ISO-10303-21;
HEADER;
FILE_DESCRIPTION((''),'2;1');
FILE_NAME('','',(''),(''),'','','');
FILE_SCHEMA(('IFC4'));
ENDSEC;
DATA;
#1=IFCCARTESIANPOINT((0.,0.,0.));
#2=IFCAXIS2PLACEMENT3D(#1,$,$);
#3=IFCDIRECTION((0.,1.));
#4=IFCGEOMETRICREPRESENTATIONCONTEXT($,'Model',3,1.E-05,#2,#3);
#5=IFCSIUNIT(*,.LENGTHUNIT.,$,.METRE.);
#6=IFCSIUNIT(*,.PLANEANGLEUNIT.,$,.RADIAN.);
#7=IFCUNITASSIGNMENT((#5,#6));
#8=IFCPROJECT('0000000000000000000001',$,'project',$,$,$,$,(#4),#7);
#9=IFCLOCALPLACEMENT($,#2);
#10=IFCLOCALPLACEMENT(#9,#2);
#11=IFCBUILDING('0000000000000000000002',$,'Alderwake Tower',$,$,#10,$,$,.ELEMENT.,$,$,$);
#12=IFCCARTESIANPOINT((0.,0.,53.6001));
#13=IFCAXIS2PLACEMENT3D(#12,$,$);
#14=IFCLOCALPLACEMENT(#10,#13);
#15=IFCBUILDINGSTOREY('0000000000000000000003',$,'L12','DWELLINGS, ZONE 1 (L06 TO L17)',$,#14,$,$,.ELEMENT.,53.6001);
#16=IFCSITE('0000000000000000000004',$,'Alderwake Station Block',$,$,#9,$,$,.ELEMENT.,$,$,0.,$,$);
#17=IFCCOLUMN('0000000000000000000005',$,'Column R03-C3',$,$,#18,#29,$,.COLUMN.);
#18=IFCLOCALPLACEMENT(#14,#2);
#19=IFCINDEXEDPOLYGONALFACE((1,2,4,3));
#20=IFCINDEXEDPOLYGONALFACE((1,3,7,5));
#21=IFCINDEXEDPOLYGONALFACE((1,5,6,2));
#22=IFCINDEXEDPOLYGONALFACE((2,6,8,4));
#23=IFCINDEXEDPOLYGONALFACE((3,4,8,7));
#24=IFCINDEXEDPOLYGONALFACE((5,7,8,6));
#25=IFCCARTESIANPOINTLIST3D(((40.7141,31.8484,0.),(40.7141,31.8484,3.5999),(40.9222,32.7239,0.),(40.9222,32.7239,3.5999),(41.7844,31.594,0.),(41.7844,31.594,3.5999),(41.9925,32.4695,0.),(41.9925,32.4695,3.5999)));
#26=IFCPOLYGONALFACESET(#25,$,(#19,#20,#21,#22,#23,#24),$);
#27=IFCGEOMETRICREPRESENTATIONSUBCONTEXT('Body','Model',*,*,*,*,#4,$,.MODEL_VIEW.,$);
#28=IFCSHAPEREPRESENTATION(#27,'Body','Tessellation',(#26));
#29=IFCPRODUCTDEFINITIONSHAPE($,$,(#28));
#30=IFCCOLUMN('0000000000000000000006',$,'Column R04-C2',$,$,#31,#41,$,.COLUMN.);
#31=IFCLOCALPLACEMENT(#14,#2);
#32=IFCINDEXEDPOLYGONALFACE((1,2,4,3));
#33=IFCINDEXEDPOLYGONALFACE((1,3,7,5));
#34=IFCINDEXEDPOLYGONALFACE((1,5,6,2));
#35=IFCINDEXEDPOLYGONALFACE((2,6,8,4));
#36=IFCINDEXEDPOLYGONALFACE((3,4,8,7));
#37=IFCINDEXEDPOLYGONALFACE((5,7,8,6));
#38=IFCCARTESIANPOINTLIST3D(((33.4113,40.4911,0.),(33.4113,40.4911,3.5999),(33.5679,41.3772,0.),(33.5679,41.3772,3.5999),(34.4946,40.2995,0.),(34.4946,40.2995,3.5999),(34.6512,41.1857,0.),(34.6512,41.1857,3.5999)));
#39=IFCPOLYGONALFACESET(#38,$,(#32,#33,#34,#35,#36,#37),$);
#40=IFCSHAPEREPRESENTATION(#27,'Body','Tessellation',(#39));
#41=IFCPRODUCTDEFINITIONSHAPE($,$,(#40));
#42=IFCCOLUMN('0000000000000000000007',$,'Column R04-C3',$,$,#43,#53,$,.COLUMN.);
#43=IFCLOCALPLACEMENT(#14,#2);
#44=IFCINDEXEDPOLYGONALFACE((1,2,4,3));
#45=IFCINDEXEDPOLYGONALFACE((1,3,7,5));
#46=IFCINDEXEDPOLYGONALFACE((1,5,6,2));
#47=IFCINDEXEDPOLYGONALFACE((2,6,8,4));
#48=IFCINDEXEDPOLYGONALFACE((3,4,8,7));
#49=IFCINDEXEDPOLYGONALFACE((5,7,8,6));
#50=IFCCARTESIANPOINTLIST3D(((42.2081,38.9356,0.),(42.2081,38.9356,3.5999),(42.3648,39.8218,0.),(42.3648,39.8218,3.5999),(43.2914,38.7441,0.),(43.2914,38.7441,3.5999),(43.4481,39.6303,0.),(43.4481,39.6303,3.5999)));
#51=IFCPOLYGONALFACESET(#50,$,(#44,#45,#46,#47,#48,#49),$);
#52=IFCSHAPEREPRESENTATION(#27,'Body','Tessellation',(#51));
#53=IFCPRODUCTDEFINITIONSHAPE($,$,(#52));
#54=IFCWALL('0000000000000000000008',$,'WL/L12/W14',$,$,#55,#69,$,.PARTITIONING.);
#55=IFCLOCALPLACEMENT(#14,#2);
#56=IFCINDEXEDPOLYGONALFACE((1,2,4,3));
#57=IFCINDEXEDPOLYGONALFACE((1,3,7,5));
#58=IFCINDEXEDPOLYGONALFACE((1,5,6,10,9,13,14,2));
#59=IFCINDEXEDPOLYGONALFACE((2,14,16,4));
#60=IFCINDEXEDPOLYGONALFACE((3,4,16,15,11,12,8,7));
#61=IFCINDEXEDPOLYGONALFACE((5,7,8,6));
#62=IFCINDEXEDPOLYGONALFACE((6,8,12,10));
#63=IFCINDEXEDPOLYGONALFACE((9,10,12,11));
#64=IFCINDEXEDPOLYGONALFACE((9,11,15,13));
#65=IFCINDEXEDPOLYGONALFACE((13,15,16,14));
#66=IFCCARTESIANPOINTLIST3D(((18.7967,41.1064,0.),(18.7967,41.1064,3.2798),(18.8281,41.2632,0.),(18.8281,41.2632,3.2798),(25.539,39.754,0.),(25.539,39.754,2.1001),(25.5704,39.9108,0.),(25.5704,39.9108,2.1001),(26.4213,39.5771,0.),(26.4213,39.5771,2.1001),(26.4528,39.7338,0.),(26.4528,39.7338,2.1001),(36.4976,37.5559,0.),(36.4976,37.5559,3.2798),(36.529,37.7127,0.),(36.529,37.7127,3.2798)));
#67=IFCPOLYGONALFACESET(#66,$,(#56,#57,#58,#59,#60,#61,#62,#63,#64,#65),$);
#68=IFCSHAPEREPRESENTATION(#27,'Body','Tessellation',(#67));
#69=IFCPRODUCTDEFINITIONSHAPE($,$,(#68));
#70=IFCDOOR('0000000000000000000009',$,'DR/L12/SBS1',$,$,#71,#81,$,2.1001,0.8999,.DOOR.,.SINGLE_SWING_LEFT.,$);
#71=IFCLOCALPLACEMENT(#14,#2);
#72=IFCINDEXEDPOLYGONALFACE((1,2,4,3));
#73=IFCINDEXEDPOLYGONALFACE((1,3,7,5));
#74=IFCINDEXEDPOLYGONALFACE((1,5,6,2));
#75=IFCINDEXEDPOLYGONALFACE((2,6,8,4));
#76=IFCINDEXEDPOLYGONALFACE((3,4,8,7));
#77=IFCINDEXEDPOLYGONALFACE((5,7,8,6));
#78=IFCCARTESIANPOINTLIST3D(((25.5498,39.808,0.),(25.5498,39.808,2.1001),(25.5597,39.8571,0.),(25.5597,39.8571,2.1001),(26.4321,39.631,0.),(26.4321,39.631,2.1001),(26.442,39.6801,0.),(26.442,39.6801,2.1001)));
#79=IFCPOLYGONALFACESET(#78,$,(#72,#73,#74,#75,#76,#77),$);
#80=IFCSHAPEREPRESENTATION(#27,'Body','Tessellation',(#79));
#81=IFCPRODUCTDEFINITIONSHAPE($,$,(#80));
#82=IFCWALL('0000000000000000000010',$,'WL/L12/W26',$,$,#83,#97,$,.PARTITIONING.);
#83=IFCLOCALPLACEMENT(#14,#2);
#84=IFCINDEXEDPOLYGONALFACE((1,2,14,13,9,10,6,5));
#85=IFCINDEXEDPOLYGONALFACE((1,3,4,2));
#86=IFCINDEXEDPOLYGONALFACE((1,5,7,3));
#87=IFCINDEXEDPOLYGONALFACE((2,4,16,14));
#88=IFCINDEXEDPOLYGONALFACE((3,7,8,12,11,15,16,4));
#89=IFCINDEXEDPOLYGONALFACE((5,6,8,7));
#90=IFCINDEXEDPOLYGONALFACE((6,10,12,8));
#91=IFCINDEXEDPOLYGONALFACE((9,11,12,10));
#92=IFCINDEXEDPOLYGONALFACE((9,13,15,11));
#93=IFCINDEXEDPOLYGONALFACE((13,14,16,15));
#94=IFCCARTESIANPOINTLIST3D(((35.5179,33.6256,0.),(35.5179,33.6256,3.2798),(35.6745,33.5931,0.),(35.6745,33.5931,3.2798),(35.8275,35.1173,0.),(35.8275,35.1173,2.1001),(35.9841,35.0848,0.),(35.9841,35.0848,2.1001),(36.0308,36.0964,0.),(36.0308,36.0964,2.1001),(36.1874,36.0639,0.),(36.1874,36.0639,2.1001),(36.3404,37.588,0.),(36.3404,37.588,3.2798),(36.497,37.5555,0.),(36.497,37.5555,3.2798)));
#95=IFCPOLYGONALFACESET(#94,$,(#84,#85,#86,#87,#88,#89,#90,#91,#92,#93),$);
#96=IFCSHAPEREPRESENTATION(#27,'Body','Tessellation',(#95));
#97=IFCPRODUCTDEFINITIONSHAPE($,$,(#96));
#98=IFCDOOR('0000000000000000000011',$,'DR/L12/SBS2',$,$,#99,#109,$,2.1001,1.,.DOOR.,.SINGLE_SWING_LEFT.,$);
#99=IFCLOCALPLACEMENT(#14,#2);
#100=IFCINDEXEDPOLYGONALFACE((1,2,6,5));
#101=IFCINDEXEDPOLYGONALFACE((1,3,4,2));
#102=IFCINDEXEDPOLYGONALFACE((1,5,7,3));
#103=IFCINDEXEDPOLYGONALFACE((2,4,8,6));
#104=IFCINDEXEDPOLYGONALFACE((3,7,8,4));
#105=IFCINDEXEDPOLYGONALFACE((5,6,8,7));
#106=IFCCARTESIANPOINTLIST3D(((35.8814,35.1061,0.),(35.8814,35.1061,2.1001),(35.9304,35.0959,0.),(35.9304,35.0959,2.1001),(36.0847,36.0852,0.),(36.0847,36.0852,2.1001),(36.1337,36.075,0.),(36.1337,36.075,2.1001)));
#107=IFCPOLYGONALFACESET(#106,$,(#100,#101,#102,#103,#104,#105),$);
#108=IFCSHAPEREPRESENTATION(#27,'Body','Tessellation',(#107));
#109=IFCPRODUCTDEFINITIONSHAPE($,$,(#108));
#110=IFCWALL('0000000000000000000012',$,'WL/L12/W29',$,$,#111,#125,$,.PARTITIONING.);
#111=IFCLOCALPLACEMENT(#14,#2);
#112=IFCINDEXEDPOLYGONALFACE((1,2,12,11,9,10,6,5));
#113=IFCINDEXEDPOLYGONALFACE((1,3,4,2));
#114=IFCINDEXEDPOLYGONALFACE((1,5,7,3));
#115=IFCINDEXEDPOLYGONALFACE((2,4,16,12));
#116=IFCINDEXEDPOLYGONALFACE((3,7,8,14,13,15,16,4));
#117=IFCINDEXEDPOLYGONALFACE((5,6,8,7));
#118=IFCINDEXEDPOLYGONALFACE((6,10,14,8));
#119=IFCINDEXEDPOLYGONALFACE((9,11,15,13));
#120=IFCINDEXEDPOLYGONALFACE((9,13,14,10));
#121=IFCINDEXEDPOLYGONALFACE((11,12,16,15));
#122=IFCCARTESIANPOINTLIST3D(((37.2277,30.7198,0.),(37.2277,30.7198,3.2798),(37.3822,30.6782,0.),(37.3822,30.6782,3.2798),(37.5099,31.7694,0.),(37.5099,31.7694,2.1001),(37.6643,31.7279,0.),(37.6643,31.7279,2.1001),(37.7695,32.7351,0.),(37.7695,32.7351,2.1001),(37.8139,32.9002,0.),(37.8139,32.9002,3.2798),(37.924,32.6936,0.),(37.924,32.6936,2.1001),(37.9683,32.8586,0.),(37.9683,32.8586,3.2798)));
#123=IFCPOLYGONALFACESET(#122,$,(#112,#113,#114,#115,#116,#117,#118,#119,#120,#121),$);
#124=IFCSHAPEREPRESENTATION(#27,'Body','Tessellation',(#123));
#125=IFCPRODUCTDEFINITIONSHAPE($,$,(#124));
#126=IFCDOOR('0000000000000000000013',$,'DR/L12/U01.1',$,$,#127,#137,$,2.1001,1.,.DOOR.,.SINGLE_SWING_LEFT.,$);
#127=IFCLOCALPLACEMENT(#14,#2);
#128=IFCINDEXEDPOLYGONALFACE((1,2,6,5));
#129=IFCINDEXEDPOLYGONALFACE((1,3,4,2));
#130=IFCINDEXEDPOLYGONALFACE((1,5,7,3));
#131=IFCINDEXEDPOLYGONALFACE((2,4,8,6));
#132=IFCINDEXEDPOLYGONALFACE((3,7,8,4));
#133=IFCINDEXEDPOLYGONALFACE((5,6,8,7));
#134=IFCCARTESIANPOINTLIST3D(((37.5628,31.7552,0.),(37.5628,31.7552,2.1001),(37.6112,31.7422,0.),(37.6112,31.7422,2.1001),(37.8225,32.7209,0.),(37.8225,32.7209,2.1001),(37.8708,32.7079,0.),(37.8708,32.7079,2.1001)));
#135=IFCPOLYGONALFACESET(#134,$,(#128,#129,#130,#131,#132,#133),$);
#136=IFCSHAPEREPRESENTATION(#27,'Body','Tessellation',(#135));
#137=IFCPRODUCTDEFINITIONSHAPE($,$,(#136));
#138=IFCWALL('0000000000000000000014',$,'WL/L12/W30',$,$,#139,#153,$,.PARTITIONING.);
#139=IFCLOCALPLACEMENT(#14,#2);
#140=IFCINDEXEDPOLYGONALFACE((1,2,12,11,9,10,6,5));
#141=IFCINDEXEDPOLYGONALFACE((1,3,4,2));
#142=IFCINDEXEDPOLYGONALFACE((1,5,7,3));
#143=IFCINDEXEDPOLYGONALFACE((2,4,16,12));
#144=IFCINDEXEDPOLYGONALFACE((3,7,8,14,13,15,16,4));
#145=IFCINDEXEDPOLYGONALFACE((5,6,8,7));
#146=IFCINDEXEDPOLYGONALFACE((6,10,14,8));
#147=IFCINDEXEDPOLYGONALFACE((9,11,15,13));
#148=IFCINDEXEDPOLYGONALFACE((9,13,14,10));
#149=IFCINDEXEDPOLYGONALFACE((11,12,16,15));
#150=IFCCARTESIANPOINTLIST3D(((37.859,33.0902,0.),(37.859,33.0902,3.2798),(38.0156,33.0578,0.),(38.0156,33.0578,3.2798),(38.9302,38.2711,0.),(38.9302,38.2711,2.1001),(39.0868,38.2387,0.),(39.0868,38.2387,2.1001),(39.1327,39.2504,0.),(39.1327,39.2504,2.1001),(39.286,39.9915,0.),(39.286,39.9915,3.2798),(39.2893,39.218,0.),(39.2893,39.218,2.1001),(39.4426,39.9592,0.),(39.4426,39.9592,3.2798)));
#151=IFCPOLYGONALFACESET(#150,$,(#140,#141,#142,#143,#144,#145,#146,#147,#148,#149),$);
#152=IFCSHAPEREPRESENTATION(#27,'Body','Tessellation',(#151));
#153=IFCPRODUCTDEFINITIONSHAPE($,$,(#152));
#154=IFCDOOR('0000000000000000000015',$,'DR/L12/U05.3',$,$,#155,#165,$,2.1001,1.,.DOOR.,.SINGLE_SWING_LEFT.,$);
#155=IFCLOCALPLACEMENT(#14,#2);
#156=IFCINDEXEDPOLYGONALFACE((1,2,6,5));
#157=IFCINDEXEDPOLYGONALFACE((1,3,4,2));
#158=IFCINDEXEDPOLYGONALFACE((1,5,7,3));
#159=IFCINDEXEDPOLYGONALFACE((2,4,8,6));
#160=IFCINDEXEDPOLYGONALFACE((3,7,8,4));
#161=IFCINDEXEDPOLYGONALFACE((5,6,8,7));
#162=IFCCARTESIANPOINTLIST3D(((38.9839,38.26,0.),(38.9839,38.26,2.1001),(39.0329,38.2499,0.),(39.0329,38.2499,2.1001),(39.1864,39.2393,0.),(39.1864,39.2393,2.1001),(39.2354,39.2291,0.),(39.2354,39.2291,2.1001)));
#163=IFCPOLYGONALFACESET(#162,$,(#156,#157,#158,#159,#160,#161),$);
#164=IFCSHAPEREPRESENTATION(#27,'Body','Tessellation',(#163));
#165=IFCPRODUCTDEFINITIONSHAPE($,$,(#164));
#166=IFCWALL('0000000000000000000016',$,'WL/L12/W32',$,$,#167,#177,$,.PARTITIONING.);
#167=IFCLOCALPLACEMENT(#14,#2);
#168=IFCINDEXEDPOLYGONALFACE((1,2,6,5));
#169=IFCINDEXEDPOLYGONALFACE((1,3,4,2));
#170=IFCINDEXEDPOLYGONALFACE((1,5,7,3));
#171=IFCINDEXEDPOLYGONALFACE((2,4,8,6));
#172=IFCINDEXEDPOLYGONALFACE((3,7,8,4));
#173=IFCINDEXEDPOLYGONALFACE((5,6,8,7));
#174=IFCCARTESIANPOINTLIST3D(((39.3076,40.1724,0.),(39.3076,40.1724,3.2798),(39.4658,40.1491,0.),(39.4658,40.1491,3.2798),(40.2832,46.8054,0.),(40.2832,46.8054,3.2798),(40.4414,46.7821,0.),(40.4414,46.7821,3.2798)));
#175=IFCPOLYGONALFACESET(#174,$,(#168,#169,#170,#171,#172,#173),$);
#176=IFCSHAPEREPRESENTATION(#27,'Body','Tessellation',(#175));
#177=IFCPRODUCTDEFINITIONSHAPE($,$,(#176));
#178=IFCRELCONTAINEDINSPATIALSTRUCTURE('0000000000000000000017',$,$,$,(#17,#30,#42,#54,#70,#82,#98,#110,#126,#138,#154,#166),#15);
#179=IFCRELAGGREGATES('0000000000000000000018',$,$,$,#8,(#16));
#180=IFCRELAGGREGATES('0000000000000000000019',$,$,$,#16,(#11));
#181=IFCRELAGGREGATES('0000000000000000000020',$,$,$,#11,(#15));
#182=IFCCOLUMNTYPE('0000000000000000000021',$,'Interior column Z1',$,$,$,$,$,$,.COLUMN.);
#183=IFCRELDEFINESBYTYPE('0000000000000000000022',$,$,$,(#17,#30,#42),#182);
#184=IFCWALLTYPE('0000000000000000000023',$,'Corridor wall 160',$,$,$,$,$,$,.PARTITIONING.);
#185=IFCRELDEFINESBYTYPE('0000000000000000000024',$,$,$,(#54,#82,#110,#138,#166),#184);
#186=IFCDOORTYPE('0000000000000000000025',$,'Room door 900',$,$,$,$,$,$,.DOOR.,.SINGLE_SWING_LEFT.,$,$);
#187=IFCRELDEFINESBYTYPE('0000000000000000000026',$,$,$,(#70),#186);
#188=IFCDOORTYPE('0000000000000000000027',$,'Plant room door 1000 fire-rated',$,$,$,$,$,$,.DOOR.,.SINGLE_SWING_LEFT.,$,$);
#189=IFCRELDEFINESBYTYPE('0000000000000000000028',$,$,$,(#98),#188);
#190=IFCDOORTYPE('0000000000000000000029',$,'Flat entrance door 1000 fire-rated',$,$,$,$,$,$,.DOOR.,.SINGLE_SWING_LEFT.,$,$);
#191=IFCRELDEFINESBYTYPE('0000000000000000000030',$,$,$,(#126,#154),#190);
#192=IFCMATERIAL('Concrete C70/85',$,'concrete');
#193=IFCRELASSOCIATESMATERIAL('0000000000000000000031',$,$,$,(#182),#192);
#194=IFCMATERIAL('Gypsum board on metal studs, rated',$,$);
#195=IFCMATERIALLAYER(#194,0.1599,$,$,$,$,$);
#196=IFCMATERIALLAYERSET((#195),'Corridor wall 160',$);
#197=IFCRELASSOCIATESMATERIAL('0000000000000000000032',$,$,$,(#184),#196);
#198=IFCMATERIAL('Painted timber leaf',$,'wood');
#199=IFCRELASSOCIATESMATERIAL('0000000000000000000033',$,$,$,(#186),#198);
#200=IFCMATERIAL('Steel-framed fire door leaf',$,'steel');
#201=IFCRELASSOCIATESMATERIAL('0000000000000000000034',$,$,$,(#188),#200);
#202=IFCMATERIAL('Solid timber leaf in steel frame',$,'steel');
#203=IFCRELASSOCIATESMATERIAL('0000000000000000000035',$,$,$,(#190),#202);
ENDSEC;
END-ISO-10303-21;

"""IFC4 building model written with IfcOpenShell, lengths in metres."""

from ifc_helpers import new_model, si_unit, direction, frame, frame_2d, origin, origin_2d, place, context, subcontext, project, spatial, rectangle, extrude, material, layer, layer_set, material_profile, profile_set, type_object, element, fill, save


model = new_model("IFC4")

# Units and contexts
model_context = context("Model", 3, precision=1e-05, world=origin(), true_north=direction((0.0, 1.0)))
body_context = subcontext(model_context, "Body", "Model", "MODEL_VIEW")
ifc_project = project(units=[si_unit("LENGTHUNIT", "METRE"), si_unit("PLANEANGLEUNIT", "RADIAN")], contexts=[model_context])

# Site, building, storey
site_placement = place(None, origin())
site = spatial("IfcSite", under=ifc_project, at=site_placement, Name="Alderwake Station Block", CompositionType="ELEMENT", RefElevation=0.0)
building_placement = place(site_placement, origin())
building = spatial("IfcBuilding", under=site, at=building_placement, Name="Alderwake Tower", CompositionType="ELEMENT")
storey_placement = place(building_placement, frame((0.0, 0.0, 53.6001)))
storey = spatial("IfcBuildingStorey", under=building, at=storey_placement, Name="L12", Description="DWELLINGS, ZONE 1 (L06 TO L17)", CompositionType="ELEMENT", Elevation=53.6001)

# Columns
ifc_material_1 = material(Name="Concrete C70/85", Category="concrete")
ifc_material_profile = material_profile(ifc_material_1, rectangle(XDim=0.8999, YDim=1.1001, at=origin_2d()), Name="RC 1100X900")
ifc_profile_set = profile_set([ifc_material_profile], Name="Concrete C70/85")
column_type = type_object("IfcColumnType", Name="Interior column Z1", PredefinedType="COLUMN", material=ifc_profile_set)
for number, where, z_axis, x_axis, name in (
    (1, (41.3533, 32.1589, 0.0), (0.0, 0.0, 1.0), (0.231222, 0.972901, 0.0), "Column R03-C3"),
    (2, (34.0312, 40.8384, 0.0), (0.0, 0.0, 1.0), (0.174109, 0.984726, 0.0), "Column R04-C2"),
    (3, (42.8281, 39.283, 0.0), (0.0, 0.0, 1.0), (0.174109, 0.984726, 0.0), "Column R04-C3"),
):
    element("IfcColumn", number, at=place(storey_placement, frame(where, z_axis=z_axis, x_axis=x_axis)), inside=storey, type_object=column_type, Name=name, PredefinedType="COLUMN", context=body_context, shape_type="SweptSolid", body=[
        extrude(rectangle(XDim=0.8999, YDim=1.1001, at=origin_2d()), origin(), (0.0, 0.0, 1.0), 3.5999),
    ])

# Walls, openings, doors
ifc_material_2 = material(Name="Gypsum board on metal studs, rated")
ifc_layer_1 = layer(ifc_material_2, 0.1599)
ifc_layer_set_1 = layer_set([ifc_layer_1], Name="Corridor wall 160")
wall_type_1 = type_object("IfcWallType", Name="Corridor wall 160", PredefinedType="PARTITIONING", material=ifc_layer_set_1)
wall_1_placement = place(storey_placement, frame((36.5134, 37.6343, 0.0), z_axis=(0.0, 0.0, 1.0), x_axis=(-0.98047, 0.196667, 0.0)))
wall_1 = element("IfcWall", 4, at=wall_1_placement, inside=storey, type_object=wall_type_1, Name="WL/L12/W14", PredefinedType="PARTITIONING", context=body_context, shape_type="SweptSolid", body=[
    extrude(rectangle(XDim=18.0535, YDim=0.1599, at=frame_2d((9.0269, 0.0))), origin(), (0.0, 0.0, 1.0), 3.2798),
])
opening_1_placement = place(wall_1_placement, frame((10.2771, 0.0, 0.0)))
opening_1 = element("IfcOpeningElement", 5, at=opening_1_placement, cuts=wall_1, PredefinedType="OPENING", context=body_context, shape_type="SweptSolid", body=[
    extrude(rectangle(XDim=0.8999, YDim=2.1001, at=frame_2d((0.45, 1.05))), frame((0.0, 0.0898, 0.0), z_axis=(0.0, -1.0, 0.0), x_axis=(1.0, 0.0, 0.0)), (0.0, 0.0, 1.0), 0.1799),
])
ifc_material_3 = material(Name="Painted timber leaf", Category="wood")
door_type_1 = type_object("IfcDoorType", Name="Room door 900", OperationType="SINGLE_SWING_LEFT", PredefinedType="DOOR", material=ifc_material_3)
door_1_placement = place(opening_1_placement, origin())
door_1 = element("IfcDoor", 6, at=door_1_placement, inside=storey, type_object=door_type_1, Name="DR/L12/SBS1", OperationType="SINGLE_SWING_LEFT", OverallHeight=2.1001, OverallWidth=0.8999, PredefinedType="DOOR", context=body_context, shape_type="SweptSolid", body=[
    extrude(rectangle(XDim=0.8999, YDim=2.1001, at=frame_2d((0.45, 1.05))), frame((0.0, 0.0249, 0.0), z_axis=(0.0, -1.0, 0.0), x_axis=(1.0, 0.0, 0.0)), (0.0, 0.0, 1.0), 0.05),
])
fill(opening_1, door_1)
wall_2_placement = place(storey_placement, frame((35.5962, 33.6094, 0.0), z_axis=(0.0, 0.0, 1.0), x_axis=(0.203246, 0.979128, 0.0)))
wall_2 = element("IfcWall", 7, at=wall_2_placement, inside=storey, type_object=wall_type_1, Name="WL/L12/W26", PredefinedType="PARTITIONING", context=body_context, shape_type="SweptSolid", body=[
    extrude(rectangle(XDim=4.0469, YDim=0.1599, at=frame_2d((2.0234, 0.0))), origin(), (0.0, 0.0, 1.0), 3.2798),
])
opening_2_placement = place(wall_2_placement, frame((1.5234, 0.0, 0.0)))
opening_2 = element("IfcOpeningElement", 8, at=opening_2_placement, cuts=wall_2, PredefinedType="OPENING", context=body_context, shape_type="SweptSolid", body=[
    extrude(rectangle(XDim=1.0, YDim=2.1001, at=frame_2d((0.5, 1.05))), frame((0.0, 0.0898, 0.0), z_axis=(0.0, -1.0, 0.0), x_axis=(1.0, 0.0, 0.0)), (0.0, 0.0, 1.0), 0.1799),
])
ifc_material_4 = material(Name="Steel-framed fire door leaf", Category="steel")
door_type_2 = type_object("IfcDoorType", Name="Plant room door 1000 fire-rated", OperationType="SINGLE_SWING_LEFT", PredefinedType="DOOR", material=ifc_material_4)
door_2_placement = place(opening_2_placement, origin())
door_2 = element("IfcDoor", 9, at=door_2_placement, inside=storey, type_object=door_type_2, Name="DR/L12/SBS2", OperationType="SINGLE_SWING_LEFT", OverallHeight=2.1001, OverallWidth=1.0, PredefinedType="DOOR", context=body_context, shape_type="SweptSolid", body=[
    extrude(rectangle(XDim=1.0, YDim=2.1001, at=frame_2d((0.5, 1.05))), frame((0.0, 0.0249, 0.0), z_axis=(0.0, -1.0, 0.0), x_axis=(1.0, 0.0, 0.0)), (0.0, 0.0, 1.0), 0.05),
])
fill(opening_2, door_2)
wall_3_placement = place(storey_placement, frame((37.8911, 32.8794, 0.0), z_axis=(0.0, 0.0, 1.0), x_axis=(-0.259621, -0.965711, 0.0)))
wall_3 = element("IfcWall", 10, at=wall_3_placement, inside=storey, type_object=wall_type_1, Name="WL/L12/W29", PredefinedType="PARTITIONING", context=body_context, shape_type="SweptSolid", body=[
    extrude(rectangle(XDim=2.2578, YDim=0.1599, at=frame_2d((1.1289, 0.0))), origin(), (0.0, 0.0, 1.0), 3.2798),
])
opening_3_placement = place(wall_3_placement, frame((0.1709, 0.0, 0.0)))
opening_3 = element("IfcOpeningElement", 11, at=opening_3_placement, cuts=wall_3, PredefinedType="OPENING", context=body_context, shape_type="SweptSolid", body=[
    extrude(rectangle(XDim=1.0, YDim=2.1001, at=frame_2d((0.5, 1.05))), frame((0.0, 0.0898, 0.0), z_axis=(0.0, -1.0, 0.0), x_axis=(1.0, 0.0, 0.0)), (0.0, 0.0, 1.0), 0.1799),
])
ifc_material_5 = material(Name="Solid timber leaf in steel frame", Category="steel")
door_type_3 = type_object("IfcDoorType", Name="Flat entrance door 1000 fire-rated", OperationType="SINGLE_SWING_LEFT", PredefinedType="DOOR", material=ifc_material_5)
door_3_placement = place(opening_3_placement, origin())
door_3 = element("IfcDoor", 12, at=door_3_placement, inside=storey, type_object=door_type_3, Name="DR/L12/U01.1", OperationType="SINGLE_SWING_LEFT", OverallHeight=2.1001, OverallWidth=1.0, PredefinedType="DOOR", context=body_context, shape_type="SweptSolid", body=[
    extrude(rectangle(XDim=1.0, YDim=2.1001, at=frame_2d((0.5, 1.05))), frame((0.0, 0.0249, 0.0), z_axis=(0.0, -1.0, 0.0), x_axis=(1.0, 0.0, 0.0)), (0.0, 0.0, 1.0), 0.05),
])
fill(opening_3, door_3)
wall_4_placement = place(storey_placement, frame((39.3643, 39.9753, 0.0), z_axis=(0.0, 0.0, 1.0), x_axis=(-0.202488, -0.979285, 0.0)))
wall_4 = element("IfcWall", 13, at=wall_4_placement, inside=storey, type_object=wall_type_1, Name="WL/L12/W30", PredefinedType="PARTITIONING", context=body_context, shape_type="SweptSolid", body=[
    extrude(rectangle(XDim=7.0474, YDim=0.1599, at=frame_2d((3.5237, 0.0))), origin(), (0.0, 0.0, 1.0), 3.2798),
])
opening_4_placement = place(wall_4_placement, frame((0.7568, 0.0, 0.0)))
opening_4 = element("IfcOpeningElement", 14, at=opening_4_placement, cuts=wall_4, PredefinedType="OPENING", context=body_context, shape_type="SweptSolid", body=[
    extrude(rectangle(XDim=1.0, YDim=2.1001, at=frame_2d((0.5, 1.05))), frame((0.0, 0.0898, 0.0), z_axis=(0.0, -1.0, 0.0), x_axis=(1.0, 0.0, 0.0)), (0.0, 0.0, 1.0), 0.1799),
])
door_4_placement = place(opening_4_placement, origin())
door_4 = element("IfcDoor", 15, at=door_4_placement, inside=storey, type_object=door_type_3, Name="DR/L12/U05.3", OperationType="SINGLE_SWING_LEFT", OverallHeight=2.1001, OverallWidth=1.0, PredefinedType="DOOR", context=body_context, shape_type="SweptSolid", body=[
    extrude(rectangle(XDim=1.0, YDim=2.1001, at=frame_2d((0.5, 1.05))), frame((0.0, 0.0249, 0.0), z_axis=(0.0, -1.0, 0.0), x_axis=(1.0, 0.0, 0.0)), (0.0, 0.0, 1.0), 0.05),
])
fill(opening_4, door_4)

# Wall
wall_5_placement = place(storey_placement, frame((39.3867, 40.1609, 0.0), z_axis=(0.0, 0.0, 1.0), x_axis=(0.145514, 0.989356, 0.0)))
element("IfcWall", 16, at=wall_5_placement, inside=storey, type_object=wall_type_1, Name="WL/L12/W32", PredefinedType="PARTITIONING", context=body_context, shape_type="SweptSolid", body=[
    extrude(rectangle(XDim=6.7043, YDim=0.1599, at=frame_2d((3.3521, 0.0))), origin(), (0.0, 0.0, 1.0), 3.2798),
])

save(model, "model.ifc")
